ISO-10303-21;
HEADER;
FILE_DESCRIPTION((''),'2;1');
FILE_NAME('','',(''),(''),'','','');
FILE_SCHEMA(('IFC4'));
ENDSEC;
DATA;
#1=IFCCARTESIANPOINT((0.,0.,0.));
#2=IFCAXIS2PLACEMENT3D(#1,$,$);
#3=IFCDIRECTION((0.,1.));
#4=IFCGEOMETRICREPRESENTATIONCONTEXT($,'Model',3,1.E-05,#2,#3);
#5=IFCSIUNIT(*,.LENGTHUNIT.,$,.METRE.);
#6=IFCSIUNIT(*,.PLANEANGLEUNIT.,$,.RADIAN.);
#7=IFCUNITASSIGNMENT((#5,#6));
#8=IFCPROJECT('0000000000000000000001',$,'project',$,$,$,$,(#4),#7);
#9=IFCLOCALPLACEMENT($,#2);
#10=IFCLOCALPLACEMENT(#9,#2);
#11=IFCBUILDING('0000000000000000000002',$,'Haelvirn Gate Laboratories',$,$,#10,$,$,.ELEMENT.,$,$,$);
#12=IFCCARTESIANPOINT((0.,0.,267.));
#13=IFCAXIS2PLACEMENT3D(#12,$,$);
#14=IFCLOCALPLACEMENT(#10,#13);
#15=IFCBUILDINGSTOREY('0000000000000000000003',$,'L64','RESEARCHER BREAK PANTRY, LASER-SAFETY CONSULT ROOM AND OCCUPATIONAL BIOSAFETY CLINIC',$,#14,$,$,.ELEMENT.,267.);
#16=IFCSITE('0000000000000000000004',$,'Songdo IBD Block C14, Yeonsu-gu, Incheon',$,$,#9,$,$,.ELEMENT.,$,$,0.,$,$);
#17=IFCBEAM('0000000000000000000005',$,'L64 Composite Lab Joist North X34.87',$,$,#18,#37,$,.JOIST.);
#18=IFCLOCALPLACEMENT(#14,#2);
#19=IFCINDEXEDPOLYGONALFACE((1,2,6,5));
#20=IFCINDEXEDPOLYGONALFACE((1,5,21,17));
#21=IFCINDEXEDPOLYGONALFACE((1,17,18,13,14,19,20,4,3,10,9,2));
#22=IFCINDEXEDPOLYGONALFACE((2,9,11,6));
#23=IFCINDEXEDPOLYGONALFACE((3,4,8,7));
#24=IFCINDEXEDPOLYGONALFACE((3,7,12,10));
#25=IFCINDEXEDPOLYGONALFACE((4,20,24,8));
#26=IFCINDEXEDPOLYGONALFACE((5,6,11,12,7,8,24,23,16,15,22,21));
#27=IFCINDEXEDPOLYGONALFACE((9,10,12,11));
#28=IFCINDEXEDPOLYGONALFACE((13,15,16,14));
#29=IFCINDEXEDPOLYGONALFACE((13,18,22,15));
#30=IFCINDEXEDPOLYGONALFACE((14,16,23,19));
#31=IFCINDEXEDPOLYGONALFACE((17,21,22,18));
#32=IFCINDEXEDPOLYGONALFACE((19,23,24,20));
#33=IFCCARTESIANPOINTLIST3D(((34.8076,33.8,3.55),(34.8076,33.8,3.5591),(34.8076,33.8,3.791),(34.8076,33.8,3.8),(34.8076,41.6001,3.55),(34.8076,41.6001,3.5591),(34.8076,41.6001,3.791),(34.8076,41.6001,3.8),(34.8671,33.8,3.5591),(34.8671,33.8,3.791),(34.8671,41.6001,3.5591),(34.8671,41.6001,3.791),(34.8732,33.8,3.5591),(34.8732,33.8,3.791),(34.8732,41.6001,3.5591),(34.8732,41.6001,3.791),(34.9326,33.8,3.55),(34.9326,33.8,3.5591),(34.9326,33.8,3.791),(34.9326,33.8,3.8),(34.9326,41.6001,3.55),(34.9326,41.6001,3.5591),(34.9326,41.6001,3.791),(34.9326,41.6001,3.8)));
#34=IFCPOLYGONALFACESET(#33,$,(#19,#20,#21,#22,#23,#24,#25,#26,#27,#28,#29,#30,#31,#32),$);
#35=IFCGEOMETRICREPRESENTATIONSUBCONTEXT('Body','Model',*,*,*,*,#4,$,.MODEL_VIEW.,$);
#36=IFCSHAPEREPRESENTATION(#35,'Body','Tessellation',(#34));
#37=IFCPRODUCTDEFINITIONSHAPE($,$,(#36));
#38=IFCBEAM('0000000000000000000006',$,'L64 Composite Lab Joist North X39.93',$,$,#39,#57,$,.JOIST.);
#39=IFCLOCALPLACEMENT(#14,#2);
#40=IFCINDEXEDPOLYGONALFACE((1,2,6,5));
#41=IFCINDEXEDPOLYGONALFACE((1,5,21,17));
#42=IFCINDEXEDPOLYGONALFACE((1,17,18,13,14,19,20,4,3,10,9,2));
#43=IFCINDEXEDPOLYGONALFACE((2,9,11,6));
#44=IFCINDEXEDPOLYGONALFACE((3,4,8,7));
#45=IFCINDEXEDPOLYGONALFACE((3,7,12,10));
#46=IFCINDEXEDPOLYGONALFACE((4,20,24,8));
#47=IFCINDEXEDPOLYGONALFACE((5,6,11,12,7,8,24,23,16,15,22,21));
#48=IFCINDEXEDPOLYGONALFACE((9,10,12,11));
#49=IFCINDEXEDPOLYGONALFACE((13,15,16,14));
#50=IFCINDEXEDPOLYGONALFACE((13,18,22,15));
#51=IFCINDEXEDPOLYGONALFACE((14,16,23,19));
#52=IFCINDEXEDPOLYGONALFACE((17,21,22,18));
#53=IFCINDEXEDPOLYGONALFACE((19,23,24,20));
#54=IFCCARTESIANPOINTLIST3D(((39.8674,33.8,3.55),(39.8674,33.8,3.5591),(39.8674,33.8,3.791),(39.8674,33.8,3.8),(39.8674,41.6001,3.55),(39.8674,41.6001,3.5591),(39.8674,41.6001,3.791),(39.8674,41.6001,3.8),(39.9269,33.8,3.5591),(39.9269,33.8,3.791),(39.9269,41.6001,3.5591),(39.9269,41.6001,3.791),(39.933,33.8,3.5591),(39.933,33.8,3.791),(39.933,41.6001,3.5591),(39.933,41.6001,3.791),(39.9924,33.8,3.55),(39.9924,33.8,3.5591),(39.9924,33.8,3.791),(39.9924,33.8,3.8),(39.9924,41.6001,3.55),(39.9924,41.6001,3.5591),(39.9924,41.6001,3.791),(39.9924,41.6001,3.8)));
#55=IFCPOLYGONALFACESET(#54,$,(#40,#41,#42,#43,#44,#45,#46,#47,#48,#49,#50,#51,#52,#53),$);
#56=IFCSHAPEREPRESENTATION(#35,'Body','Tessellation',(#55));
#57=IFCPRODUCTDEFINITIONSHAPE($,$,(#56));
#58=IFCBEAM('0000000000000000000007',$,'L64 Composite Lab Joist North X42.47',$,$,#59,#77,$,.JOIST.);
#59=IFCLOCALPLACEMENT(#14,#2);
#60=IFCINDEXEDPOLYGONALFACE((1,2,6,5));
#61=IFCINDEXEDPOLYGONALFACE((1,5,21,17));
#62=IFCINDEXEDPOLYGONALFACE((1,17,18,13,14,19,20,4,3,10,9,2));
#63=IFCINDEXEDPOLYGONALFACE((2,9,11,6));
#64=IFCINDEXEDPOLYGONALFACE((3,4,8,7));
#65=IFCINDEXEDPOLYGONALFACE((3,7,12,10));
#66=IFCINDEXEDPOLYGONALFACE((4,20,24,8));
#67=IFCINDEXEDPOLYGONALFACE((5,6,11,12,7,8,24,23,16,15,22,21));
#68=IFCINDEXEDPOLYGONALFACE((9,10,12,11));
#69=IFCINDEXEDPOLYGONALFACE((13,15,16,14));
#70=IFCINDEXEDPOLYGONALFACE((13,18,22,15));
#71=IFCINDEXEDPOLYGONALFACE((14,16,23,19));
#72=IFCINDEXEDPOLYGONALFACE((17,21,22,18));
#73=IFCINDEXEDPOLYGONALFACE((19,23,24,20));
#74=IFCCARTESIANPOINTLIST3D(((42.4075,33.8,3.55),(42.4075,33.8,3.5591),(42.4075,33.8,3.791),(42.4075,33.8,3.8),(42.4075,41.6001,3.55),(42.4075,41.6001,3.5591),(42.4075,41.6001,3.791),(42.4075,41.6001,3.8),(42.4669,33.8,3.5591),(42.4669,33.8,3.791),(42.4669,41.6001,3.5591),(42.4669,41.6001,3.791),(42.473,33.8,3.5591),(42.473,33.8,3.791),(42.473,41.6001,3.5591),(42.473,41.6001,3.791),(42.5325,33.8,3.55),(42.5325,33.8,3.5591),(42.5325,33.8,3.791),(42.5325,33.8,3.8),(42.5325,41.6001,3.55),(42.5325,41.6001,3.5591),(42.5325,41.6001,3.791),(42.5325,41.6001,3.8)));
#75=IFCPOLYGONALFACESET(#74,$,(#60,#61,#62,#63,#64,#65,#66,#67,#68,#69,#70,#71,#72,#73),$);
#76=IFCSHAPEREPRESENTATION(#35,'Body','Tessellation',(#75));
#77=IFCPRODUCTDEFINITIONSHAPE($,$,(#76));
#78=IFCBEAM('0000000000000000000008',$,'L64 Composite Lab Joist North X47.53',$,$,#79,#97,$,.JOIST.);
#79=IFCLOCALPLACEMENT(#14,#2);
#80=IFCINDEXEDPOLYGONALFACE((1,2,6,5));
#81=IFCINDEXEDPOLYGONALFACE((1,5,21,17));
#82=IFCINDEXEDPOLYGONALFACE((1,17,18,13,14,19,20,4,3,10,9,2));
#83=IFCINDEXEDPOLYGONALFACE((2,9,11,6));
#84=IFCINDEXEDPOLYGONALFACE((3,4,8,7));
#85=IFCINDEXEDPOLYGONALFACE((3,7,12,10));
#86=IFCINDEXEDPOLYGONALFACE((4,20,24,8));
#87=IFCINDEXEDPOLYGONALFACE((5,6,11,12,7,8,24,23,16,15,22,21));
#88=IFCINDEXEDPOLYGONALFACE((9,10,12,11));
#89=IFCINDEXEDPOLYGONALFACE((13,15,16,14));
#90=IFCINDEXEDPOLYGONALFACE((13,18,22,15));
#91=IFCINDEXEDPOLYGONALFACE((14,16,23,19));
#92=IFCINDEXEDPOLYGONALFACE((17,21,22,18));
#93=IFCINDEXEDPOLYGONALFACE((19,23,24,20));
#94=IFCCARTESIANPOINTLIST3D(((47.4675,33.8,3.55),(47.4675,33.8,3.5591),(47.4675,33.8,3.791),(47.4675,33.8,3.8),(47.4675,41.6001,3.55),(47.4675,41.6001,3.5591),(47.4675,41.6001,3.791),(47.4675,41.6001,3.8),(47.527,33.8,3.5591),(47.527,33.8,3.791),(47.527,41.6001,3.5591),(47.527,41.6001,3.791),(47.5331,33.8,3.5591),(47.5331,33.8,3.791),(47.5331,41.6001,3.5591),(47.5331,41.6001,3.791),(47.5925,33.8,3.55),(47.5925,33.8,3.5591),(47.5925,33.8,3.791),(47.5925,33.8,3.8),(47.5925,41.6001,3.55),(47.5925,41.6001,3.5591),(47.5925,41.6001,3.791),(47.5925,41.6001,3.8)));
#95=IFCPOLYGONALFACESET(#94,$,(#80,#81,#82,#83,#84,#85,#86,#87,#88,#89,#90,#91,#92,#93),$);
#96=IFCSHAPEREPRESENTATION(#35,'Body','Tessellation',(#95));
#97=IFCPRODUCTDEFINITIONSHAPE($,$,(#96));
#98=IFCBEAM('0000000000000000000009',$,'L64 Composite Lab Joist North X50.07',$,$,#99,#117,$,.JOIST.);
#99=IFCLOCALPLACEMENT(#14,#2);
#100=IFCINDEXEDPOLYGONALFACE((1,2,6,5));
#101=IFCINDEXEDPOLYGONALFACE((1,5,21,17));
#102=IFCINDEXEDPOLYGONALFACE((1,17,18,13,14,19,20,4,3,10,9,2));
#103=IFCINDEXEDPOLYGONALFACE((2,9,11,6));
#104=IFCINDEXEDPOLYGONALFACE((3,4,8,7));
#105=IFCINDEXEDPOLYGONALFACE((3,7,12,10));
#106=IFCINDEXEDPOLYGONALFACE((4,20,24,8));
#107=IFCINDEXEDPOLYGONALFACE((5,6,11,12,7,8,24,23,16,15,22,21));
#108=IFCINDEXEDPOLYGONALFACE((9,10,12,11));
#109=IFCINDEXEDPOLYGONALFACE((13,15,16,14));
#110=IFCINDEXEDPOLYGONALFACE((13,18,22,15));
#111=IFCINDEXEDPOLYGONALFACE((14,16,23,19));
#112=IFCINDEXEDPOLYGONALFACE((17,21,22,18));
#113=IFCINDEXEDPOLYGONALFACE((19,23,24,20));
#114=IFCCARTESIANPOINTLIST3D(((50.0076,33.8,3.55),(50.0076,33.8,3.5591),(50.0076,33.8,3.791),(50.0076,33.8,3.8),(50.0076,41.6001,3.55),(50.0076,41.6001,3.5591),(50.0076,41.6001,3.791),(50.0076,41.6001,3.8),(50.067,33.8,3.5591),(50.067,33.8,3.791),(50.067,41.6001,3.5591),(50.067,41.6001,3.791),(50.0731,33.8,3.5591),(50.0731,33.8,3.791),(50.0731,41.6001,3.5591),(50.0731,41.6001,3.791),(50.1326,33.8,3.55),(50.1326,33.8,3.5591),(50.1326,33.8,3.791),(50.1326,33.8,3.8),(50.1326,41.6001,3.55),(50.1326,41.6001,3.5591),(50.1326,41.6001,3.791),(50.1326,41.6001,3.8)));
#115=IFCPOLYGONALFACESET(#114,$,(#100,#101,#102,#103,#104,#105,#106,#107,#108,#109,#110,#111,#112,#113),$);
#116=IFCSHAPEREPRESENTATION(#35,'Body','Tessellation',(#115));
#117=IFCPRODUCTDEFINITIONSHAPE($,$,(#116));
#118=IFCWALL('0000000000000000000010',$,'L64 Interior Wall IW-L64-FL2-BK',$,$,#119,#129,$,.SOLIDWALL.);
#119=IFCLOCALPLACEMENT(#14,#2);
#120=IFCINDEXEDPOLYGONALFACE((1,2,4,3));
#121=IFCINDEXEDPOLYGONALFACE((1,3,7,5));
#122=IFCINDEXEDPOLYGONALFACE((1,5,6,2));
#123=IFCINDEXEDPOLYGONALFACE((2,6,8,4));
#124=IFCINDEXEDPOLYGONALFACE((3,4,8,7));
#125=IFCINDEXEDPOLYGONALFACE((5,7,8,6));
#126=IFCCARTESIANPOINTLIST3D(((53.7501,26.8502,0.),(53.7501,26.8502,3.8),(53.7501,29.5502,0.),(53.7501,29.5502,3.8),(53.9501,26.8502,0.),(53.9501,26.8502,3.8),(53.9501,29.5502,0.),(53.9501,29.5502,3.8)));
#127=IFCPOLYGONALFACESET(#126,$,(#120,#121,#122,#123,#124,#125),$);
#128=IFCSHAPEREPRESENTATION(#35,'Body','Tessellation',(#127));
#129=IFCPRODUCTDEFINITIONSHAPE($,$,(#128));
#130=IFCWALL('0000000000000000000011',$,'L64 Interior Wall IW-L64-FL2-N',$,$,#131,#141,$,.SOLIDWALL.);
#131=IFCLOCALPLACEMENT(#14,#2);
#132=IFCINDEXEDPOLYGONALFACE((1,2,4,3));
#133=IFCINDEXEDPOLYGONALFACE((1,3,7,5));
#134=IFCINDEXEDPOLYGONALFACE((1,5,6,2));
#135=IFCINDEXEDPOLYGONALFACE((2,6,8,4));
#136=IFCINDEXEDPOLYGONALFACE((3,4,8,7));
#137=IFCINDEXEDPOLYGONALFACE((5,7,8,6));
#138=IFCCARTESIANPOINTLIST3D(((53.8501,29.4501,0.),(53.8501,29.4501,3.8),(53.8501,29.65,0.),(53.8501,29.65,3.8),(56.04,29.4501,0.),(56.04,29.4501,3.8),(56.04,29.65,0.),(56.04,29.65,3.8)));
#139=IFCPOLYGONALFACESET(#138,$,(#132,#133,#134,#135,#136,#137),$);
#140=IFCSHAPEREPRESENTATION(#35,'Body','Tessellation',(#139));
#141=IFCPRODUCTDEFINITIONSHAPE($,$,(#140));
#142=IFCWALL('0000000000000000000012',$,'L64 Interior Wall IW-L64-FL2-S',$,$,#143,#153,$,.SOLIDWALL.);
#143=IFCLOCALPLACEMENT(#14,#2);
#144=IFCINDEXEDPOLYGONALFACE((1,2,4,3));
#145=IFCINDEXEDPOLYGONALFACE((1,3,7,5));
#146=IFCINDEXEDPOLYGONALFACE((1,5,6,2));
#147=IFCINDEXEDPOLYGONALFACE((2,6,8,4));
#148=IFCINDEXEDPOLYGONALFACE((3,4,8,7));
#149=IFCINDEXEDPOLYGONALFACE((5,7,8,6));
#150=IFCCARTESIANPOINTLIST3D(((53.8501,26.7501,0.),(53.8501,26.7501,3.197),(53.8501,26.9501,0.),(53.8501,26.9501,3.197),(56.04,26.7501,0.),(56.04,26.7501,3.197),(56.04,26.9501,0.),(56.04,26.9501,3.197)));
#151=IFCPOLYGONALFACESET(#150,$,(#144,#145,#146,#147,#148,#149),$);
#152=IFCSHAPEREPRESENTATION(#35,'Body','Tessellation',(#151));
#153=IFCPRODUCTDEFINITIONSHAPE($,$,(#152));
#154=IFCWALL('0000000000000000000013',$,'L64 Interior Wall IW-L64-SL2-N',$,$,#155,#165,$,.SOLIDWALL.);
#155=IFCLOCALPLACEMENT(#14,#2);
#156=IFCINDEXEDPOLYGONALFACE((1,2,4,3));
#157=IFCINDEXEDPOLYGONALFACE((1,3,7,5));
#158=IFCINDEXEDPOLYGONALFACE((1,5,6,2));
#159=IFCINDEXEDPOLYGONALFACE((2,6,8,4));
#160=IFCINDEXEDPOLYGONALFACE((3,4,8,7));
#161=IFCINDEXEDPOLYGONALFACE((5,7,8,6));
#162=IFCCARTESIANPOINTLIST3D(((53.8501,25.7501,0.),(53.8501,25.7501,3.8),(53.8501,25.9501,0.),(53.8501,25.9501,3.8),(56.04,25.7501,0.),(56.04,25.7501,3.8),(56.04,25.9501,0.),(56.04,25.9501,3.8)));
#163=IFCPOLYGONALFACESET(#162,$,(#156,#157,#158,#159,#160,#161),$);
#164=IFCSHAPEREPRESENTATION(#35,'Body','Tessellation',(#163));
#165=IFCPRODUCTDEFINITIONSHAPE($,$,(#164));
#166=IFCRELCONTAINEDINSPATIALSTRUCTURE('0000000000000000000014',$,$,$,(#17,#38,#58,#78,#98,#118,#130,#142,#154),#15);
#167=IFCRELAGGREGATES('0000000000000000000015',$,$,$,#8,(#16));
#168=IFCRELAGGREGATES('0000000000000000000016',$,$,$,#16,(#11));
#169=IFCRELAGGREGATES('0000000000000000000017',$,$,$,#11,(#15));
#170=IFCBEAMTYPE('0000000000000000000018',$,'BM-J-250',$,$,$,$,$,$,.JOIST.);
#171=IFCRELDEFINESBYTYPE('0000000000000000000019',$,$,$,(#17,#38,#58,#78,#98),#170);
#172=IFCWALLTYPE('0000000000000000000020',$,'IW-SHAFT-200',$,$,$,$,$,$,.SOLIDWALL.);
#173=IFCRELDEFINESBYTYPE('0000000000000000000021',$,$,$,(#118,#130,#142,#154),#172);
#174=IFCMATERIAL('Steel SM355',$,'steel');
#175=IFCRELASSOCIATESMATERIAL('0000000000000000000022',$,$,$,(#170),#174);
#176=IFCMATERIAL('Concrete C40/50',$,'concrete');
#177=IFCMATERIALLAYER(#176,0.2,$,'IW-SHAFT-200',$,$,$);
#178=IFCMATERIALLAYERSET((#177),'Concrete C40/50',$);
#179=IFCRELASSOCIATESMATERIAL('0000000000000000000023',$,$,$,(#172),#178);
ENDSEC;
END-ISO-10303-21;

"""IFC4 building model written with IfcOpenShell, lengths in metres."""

from ifc_helpers import new_model, si_unit, direction, frame, frame_2d, origin, origin_2d, place, context, subcontext, project, spatial, rectangle, i_section, extrude, source, transform, mapped, material, layer, layer_set, material_profile, profile_set, type_object, type_shapes, element, save


model = new_model("IFC4")

# Units and contexts
model_context = context("Model", 3, precision=1e-05, world=origin(), true_north=direction((0.0, 1.0)))
body_context = subcontext(model_context, "Body", "Model", "MODEL_VIEW")
ifc_project = project(units=[si_unit("LENGTHUNIT", "METRE"), si_unit("PLANEANGLEUNIT", "RADIAN")], contexts=[model_context])

# Site, building, storey
site_placement = place(None, origin())
site = spatial("IfcSite", under=ifc_project, at=site_placement, Name="Songdo IBD Block C14, Yeonsu-gu, Incheon", CompositionType="ELEMENT", RefElevation=0.0)
building_placement = place(site_placement, origin())
building = spatial("IfcBuilding", under=site, at=building_placement, Name="Haelvirn Gate Laboratories", CompositionType="ELEMENT")
storey_placement = place(building_placement, frame((0.0, 0.0, 267.0)))
storey = spatial("IfcBuildingStorey", under=building, at=storey_placement, Name="L64", Description="RESEARCHER BREAK PANTRY, LASER-SAFETY CONSULT ROOM AND OCCUPATIONAL BIOSAFETY CLINIC", CompositionType="ELEMENT", Elevation=267.0)

# Shared definitions
ifc_material_1 = material(Name="Steel SM355", Category="steel")

# Beams
ifc_material_profile_1 = material_profile(ifc_material_1, i_section(OverallWidth=0.125, OverallDepth=0.25, WebThickness=0.0061, FlangeThickness=0.009, at=origin_2d()), Name="H-250x125x6x9")
ifc_profile_set_1 = profile_set([ifc_material_profile_1], Name="Steel SM355")
beam_type_1 = type_object("IfcBeamType", Name="BM-J-250", PredefinedType="JOIST", material=ifc_profile_set_1)
shared_shape_1 = source(origin(), body_context, "Body", "SweptSolid", [
    extrude(i_section(OverallWidth=0.125, OverallDepth=0.25, WebThickness=0.0061, FlangeThickness=0.009, at=origin_2d()), origin(), (0.0, 0.0, 1.0), 7.8),
])
type_shapes(beam_type_1, [shared_shape_1])
for number, where, z_axis, x_axis, name in (
    (1, (34.8701, 33.8, 3.675), (0.0, 1.0, 0.0), (-1.0, 0.0, 0.0), "L64 Composite Lab Joist North X34.87"),
    (2, (39.9299, 33.8, 3.675), (0.0, 1.0, 0.0), (-1.0, 0.0, 0.0), "L64 Composite Lab Joist North X39.93"),
    (3, (42.47, 33.8, 3.675), (0.0, 1.0, 0.0), (-1.0, 0.0, 0.0), "L64 Composite Lab Joist North X42.47"),
    (4, (47.53, 33.8, 3.675), (0.0, 1.0, 0.0), (-1.0, 0.0, 0.0), "L64 Composite Lab Joist North X47.53"),
    (5, (50.0701, 33.8, 3.675), (0.0, 1.0, 0.0), (-1.0, 0.0, 0.0), "L64 Composite Lab Joist North X50.07"),
):
    element("IfcBeam", number, at=place(storey_placement, frame(where, z_axis=z_axis, x_axis=x_axis)), inside=storey, type_object=beam_type_1, Name=name, PredefinedType="JOIST", context=body_context, shape_type="MappedRepresentation", body=[
        mapped(shared_shape_1, transform((0.0, 0.0, 0.0), scale=1.0)),
    ])

# Walls
ifc_material_2 = material(Name="Concrete C40/50", Category="concrete")
ifc_layer_1 = layer(ifc_material_2, 0.2, Name="IW-SHAFT-200")
ifc_layer_set_1 = layer_set([ifc_layer_1], Name="Concrete C40/50")
wall_type_1 = type_object("IfcWallType", Name="IW-SHAFT-200", PredefinedType="SOLIDWALL", material=ifc_layer_set_1)
wall_1_placement = place(storey_placement, frame((53.8501, 26.8501, 0.0), z_axis=(0.0, 0.0, 1.0), x_axis=(0.0, 1.0, 0.0)))
element("IfcWall", 6, at=wall_1_placement, inside=storey, type_object=wall_type_1, Name="L64 Interior Wall IW-L64-FL2-BK", PredefinedType="SOLIDWALL", context=body_context, shape_type="SweptSolid", body=[
    extrude(rectangle(XDim=2.7, YDim=0.2, at=frame_2d((1.3501, 0.0))), origin(), (0.0, 0.0, 1.0), 3.8),
])
wall_2_placement = place(storey_placement, frame((53.8501, 29.55, 0.0), z_axis=(0.0, 0.0, 1.0), x_axis=(1.0, 0.0, 0.0)))
element("IfcWall", 7, at=wall_2_placement, inside=storey, type_object=wall_type_1, Name="L64 Interior Wall IW-L64-FL2-N", PredefinedType="SOLIDWALL", context=body_context, shape_type="SweptSolid", body=[
    extrude(rectangle(XDim=2.1899, YDim=0.2, at=frame_2d((1.095, 0.0))), origin(), (0.0, 0.0, 1.0), 3.8),
])
wall_3_placement = place(storey_placement, frame((53.8501, 26.8501, 0.0), z_axis=(0.0, 0.0, 1.0), x_axis=(1.0, 0.0, 0.0)))
element("IfcWall", 8, at=wall_3_placement, inside=storey, type_object=wall_type_1, Name="L64 Interior Wall IW-L64-FL2-S", PredefinedType="SOLIDWALL", context=body_context, shape_type="SweptSolid", body=[
    extrude(rectangle(XDim=2.1899, YDim=0.2, at=frame_2d((1.095, 0.0))), origin(), (0.0, 0.0, 1.0), 3.197),
])
wall_4_placement = place(storey_placement, frame((53.8501, 25.8501, 0.0), z_axis=(0.0, 0.0, 1.0), x_axis=(1.0, 0.0, 0.0)))
element("IfcWall", 9, at=wall_4_placement, inside=storey, type_object=wall_type_1, Name="L64 Interior Wall IW-L64-SL2-N", PredefinedType="SOLIDWALL", context=body_context, shape_type="SweptSolid", body=[
    extrude(rectangle(XDim=2.1899, YDim=0.2, at=frame_2d((1.095, 0.0))), origin(), (0.0, 0.0, 1.0), 3.8),
])

save(model, "model.ifc")
